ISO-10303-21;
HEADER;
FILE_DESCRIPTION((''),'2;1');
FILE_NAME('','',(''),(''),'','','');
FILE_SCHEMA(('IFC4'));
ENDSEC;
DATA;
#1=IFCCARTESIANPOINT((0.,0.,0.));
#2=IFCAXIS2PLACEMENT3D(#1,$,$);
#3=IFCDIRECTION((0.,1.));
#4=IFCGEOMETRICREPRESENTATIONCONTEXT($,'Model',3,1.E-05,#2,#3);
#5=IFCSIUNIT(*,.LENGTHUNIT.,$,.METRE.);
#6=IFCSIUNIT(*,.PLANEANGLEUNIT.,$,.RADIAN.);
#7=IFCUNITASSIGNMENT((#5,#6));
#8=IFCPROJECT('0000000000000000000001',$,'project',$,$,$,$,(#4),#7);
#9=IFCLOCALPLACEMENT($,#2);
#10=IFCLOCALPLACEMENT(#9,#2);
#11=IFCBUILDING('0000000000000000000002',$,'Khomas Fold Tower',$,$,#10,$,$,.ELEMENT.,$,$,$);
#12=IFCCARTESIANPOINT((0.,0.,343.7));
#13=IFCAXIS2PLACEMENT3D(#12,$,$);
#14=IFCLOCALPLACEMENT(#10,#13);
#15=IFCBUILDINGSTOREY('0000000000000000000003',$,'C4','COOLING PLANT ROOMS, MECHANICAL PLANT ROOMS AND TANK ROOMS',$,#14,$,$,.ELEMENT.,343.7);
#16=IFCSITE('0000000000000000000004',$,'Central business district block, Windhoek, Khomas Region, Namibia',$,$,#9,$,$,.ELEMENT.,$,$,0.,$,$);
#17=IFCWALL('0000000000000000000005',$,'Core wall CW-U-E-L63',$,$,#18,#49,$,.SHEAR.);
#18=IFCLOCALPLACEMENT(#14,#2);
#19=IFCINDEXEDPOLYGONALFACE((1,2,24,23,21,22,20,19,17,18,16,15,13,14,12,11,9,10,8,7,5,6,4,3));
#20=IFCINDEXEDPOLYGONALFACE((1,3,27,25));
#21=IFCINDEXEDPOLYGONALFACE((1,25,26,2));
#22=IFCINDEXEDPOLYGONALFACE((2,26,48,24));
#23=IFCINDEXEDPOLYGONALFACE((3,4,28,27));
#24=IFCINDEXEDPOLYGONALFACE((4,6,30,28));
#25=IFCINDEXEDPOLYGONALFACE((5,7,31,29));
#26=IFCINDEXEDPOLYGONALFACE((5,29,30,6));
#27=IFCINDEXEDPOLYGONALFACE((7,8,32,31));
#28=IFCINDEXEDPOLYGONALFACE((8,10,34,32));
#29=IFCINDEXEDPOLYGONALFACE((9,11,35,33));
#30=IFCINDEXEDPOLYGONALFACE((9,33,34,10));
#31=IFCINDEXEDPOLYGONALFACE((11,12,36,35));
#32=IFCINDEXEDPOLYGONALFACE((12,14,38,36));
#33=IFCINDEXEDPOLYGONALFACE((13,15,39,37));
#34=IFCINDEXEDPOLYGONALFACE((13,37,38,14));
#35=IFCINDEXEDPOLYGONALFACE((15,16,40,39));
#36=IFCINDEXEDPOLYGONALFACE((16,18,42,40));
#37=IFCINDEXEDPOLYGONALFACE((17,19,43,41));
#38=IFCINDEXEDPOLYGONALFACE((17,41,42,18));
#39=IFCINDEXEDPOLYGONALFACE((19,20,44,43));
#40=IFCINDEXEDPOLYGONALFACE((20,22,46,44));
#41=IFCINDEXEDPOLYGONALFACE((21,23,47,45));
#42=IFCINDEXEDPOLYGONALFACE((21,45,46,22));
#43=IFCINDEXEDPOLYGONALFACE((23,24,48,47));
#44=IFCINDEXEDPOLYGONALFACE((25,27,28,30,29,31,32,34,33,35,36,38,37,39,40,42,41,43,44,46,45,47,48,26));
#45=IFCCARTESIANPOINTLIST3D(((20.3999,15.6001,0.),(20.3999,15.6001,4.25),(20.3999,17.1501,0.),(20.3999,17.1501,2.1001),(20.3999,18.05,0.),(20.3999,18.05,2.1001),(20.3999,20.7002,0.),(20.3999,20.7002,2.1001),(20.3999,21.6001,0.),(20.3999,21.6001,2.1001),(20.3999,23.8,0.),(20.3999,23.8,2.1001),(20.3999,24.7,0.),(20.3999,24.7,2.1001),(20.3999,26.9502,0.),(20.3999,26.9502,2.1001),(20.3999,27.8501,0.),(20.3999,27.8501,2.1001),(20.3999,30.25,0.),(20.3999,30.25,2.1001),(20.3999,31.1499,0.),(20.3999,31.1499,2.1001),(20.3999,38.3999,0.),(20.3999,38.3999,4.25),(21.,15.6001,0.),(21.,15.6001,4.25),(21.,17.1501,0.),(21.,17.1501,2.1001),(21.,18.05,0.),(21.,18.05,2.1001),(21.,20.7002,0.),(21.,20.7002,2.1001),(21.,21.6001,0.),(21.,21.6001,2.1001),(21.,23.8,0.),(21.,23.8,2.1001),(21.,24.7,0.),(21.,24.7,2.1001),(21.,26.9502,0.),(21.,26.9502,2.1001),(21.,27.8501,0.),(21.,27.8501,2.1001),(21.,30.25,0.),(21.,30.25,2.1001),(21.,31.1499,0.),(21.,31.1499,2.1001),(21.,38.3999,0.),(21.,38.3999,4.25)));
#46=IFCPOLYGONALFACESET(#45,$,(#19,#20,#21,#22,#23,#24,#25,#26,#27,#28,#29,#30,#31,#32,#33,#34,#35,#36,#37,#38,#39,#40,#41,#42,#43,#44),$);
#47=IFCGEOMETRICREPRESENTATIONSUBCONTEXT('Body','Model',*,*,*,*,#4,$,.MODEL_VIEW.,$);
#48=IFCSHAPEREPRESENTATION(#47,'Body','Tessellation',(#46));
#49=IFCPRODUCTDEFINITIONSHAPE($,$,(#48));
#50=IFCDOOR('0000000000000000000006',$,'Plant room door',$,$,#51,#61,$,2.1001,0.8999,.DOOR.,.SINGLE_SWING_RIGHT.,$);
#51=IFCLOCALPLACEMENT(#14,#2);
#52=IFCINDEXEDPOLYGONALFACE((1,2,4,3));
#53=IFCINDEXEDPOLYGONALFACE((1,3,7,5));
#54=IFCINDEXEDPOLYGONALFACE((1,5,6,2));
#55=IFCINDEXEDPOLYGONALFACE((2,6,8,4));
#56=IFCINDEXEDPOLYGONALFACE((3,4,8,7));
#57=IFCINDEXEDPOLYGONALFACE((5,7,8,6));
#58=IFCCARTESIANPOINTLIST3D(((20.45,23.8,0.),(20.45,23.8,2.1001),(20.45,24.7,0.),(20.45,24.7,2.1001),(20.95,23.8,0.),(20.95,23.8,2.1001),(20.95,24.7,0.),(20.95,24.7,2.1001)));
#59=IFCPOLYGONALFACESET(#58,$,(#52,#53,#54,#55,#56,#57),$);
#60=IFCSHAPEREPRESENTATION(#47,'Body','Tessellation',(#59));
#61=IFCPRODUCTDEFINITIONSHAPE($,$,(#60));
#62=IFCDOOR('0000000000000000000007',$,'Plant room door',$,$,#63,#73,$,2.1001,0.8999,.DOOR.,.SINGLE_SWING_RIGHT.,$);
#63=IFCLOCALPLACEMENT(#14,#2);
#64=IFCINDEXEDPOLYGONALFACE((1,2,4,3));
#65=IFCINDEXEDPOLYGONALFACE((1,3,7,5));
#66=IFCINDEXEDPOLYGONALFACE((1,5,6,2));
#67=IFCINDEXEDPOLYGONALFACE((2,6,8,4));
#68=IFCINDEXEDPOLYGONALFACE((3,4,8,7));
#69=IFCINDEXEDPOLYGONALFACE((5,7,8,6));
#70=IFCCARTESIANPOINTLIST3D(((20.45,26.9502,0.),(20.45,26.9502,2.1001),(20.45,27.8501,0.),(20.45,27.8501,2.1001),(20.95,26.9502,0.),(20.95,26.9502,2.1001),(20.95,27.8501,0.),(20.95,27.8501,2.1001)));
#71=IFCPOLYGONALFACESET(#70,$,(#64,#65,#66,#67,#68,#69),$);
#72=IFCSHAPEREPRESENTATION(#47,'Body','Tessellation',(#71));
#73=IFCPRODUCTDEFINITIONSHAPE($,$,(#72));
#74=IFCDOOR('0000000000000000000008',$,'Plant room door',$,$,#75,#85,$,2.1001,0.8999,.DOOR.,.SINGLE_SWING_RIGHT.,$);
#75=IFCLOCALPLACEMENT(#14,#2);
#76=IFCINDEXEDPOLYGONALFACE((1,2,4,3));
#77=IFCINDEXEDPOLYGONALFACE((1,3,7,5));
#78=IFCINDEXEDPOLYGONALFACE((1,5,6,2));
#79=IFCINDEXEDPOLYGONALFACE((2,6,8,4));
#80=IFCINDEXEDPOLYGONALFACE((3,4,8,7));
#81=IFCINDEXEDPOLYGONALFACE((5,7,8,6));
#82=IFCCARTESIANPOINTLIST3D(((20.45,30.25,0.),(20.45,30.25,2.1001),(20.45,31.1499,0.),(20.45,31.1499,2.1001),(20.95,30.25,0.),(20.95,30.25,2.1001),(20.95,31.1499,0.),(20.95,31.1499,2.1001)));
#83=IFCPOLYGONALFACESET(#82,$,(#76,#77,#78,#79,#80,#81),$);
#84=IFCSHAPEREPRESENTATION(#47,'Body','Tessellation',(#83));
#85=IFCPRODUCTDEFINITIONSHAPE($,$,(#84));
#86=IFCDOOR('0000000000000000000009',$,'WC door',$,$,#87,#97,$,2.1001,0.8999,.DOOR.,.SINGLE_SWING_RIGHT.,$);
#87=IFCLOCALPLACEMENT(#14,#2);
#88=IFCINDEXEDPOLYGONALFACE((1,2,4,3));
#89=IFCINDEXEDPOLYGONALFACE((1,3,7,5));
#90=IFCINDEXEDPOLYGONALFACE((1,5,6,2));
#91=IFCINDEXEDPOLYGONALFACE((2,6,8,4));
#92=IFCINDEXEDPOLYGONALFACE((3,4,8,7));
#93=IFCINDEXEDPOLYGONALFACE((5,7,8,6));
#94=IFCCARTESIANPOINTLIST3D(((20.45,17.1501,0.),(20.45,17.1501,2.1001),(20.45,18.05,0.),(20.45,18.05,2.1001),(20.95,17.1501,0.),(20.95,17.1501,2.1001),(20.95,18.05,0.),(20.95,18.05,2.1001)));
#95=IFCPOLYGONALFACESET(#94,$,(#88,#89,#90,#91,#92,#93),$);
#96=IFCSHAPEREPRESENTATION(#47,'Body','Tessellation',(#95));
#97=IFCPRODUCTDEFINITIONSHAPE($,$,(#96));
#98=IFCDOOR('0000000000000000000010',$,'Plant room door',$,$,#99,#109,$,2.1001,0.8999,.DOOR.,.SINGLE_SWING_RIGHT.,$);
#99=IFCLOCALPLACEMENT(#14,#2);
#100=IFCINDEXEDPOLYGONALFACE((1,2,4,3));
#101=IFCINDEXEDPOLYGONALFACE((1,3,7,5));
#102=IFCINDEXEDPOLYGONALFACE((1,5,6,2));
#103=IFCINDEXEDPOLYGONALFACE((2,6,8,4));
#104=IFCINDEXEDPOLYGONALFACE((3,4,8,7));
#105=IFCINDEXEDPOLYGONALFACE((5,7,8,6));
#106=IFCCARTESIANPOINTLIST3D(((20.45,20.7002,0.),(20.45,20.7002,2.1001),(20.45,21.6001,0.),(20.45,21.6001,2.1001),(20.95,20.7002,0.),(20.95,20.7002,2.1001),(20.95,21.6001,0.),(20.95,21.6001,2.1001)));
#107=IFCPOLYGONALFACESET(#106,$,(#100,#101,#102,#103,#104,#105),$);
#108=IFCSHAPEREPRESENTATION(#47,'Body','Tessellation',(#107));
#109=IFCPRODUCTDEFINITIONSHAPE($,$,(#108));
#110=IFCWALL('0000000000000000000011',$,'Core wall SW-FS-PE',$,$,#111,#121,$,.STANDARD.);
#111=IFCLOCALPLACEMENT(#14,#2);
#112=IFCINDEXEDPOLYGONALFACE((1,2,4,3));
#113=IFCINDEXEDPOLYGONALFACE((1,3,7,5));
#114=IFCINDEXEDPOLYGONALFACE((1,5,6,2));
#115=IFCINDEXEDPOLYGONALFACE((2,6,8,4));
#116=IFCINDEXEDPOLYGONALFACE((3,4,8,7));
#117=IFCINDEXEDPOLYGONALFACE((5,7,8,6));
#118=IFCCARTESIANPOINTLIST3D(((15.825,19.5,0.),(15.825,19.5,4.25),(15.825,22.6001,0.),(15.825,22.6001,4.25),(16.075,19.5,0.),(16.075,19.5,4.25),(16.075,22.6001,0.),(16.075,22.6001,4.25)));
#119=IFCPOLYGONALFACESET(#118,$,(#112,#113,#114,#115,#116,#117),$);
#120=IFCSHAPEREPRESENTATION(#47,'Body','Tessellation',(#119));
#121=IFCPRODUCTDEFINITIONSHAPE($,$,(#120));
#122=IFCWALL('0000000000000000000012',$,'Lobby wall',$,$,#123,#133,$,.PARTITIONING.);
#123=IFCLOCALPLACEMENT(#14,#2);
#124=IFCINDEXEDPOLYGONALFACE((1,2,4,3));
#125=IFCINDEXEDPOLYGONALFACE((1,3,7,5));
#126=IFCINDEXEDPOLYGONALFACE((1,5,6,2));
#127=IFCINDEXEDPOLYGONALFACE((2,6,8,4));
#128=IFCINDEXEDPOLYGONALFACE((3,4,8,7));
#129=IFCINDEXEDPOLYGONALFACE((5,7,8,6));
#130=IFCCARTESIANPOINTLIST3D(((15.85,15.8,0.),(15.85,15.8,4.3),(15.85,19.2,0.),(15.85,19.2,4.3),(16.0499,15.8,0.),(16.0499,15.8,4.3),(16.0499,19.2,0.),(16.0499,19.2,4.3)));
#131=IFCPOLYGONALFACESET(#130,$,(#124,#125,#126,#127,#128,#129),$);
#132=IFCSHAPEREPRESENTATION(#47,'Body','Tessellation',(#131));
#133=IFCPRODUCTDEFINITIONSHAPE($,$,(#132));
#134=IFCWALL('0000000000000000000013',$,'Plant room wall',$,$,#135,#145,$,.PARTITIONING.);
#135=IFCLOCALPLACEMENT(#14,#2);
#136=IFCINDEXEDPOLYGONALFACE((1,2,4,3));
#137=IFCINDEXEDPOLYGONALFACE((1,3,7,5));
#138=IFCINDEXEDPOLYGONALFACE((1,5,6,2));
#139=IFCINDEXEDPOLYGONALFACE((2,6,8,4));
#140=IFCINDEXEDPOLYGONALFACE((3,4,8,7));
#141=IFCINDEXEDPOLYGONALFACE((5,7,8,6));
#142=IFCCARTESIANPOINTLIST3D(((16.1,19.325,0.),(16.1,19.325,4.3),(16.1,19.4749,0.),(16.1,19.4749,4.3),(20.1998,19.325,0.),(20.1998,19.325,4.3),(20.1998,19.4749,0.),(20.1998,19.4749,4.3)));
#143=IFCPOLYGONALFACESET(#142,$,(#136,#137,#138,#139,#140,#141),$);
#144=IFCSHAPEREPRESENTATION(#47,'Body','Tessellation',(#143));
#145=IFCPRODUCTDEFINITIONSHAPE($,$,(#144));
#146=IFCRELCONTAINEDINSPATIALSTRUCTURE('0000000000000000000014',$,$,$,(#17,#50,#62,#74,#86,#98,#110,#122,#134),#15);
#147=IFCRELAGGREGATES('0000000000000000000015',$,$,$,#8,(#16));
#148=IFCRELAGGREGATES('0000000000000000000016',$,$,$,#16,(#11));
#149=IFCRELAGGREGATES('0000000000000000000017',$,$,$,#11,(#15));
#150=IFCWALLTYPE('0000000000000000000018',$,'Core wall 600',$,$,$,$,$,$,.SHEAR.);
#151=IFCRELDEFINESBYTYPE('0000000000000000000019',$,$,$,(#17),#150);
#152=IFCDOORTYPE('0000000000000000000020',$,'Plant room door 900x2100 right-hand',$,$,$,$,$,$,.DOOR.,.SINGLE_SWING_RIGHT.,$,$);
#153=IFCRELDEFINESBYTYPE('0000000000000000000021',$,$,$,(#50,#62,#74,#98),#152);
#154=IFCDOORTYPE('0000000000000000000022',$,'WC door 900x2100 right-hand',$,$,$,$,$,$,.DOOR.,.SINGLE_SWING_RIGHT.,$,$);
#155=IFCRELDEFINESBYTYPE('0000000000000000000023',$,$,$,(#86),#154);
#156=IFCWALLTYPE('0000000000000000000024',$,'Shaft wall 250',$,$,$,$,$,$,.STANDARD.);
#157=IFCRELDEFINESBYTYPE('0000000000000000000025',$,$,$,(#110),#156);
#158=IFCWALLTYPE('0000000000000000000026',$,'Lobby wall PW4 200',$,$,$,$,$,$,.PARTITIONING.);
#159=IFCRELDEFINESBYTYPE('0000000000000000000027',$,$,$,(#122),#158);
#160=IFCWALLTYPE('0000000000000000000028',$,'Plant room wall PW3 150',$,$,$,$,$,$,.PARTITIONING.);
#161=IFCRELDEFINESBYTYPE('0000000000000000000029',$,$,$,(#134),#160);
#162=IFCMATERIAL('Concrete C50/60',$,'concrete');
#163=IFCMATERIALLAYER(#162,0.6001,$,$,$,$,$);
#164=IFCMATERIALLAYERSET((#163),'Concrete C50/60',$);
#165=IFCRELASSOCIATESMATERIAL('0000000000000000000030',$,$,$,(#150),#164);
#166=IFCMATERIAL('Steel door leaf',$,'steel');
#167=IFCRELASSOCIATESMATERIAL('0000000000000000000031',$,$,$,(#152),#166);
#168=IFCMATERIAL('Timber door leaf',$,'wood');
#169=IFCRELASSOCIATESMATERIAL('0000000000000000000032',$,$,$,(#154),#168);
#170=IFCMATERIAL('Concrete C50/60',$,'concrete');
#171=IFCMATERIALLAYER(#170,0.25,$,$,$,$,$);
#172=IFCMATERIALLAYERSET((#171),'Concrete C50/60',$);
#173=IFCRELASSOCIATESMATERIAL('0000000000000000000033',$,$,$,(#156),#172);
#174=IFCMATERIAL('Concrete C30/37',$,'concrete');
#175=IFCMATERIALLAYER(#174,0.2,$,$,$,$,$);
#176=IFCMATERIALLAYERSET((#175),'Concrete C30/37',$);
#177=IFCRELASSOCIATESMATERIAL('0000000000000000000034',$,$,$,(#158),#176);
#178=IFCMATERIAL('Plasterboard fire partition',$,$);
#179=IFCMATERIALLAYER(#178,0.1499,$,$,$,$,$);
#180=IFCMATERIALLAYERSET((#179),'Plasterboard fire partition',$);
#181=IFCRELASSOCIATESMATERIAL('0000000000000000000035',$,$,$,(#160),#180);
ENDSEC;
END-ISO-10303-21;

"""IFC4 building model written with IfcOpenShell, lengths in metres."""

from ifc_helpers import new_model, si_unit, direction, frame, frame_2d, origin, place, context, subcontext, project, spatial, rectangle, extrude, source, transform, mapped, material, layer, layer_set, type_object, element, fill, save


model = new_model("IFC4")

# Units and contexts
model_context = context("Model", 3, precision=1e-05, world=origin(), true_north=direction((0.0, 1.0)))
body_context = subcontext(model_context, "Body", "Model", "MODEL_VIEW")
ifc_project = project(units=[si_unit("LENGTHUNIT", "METRE"), si_unit("PLANEANGLEUNIT", "RADIAN")], contexts=[model_context])

# Site, building, storey
site_placement = place(None, origin())
site = spatial("IfcSite", under=ifc_project, at=site_placement, Name="Central business district block, Windhoek, Khomas Region, Namibia", CompositionType="ELEMENT", RefElevation=0.0)
building_placement = place(site_placement, origin())
building = spatial("IfcBuilding", under=site, at=building_placement, Name="Khomas Fold Tower", CompositionType="ELEMENT")
storey_placement = place(building_placement, frame((0.0, 0.0, 343.7)))
storey = spatial("IfcBuildingStorey", under=building, at=storey_placement, Name="C4", Description="COOLING PLANT ROOMS, MECHANICAL PLANT ROOMS AND TANK ROOMS", CompositionType="ELEMENT", Elevation=343.7)

# Wall, openings, doors
ifc_material_1 = material(Name="Concrete C50/60", Category="concrete")
ifc_layer_1 = layer(ifc_material_1, 0.6001)
ifc_layer_set_1 = layer_set([ifc_layer_1], Name="Concrete C50/60")
wall_type_1 = type_object("IfcWallType", Name="Core wall 600", PredefinedType="SHEAR", material=ifc_layer_set_1)
shared_shape_1 = source(origin(), body_context, "Body", "SweptSolid", [
    extrude(rectangle(XDim=22.7998, YDim=0.6001, at=frame_2d((11.3999, 0.0))), origin(), (0.0, 0.0, 1.0), 4.25),
])
wall_1_placement = place(storey_placement, frame((20.7, 15.6001, 0.0), z_axis=(0.0, 0.0, 1.0), x_axis=(0.0, 1.0, 0.0)))
wall_1 = element("IfcWall", 1, at=wall_1_placement, inside=storey, type_object=wall_type_1, Name="Core wall CW-U-E-L63", PredefinedType="SHEAR", context=body_context, shape_type="MappedRepresentation", body=[
    mapped(shared_shape_1, transform((0.0, 0.0, 0.0))),
])
shared_shape_2 = source(origin(), body_context, "Body", "SweptSolid", [
    extrude(rectangle(XDim=0.8999, YDim=2.1001, at=frame_2d((0.45, 1.05))), frame((0.0, 0.3101, 0.0), z_axis=(0.0, -1.0, 0.0), x_axis=(1.0, 0.0, 0.0)), (0.0, 0.0, 1.0), 0.6201),
])
opening_1_placement = place(wall_1_placement, frame((8.2, 0.0, 0.0)))
opening_1 = element("IfcOpeningElement", 2, at=opening_1_placement, cuts=wall_1, PredefinedType="OPENING", context=body_context, shape_type="MappedRepresentation", body=[
    mapped(shared_shape_2, transform((0.0, 0.0, 0.0))),
])
opening_2_placement = place(wall_1_placement, frame((11.3501, 0.0, 0.0)))
opening_2 = element("IfcOpeningElement", 3, at=opening_2_placement, cuts=wall_1, PredefinedType="OPENING", context=body_context, shape_type="MappedRepresentation", body=[
    mapped(shared_shape_2, transform((0.0, 0.0, 0.0))),
])
opening_3_placement = place(wall_1_placement, frame((14.6499, 0.0, 0.0)))
opening_3 = element("IfcOpeningElement", 4, at=opening_3_placement, cuts=wall_1, PredefinedType="OPENING", context=body_context, shape_type="MappedRepresentation", body=[
    mapped(shared_shape_2, transform((0.0, 0.0, 0.0))),
])
opening_4_placement = place(wall_1_placement, frame((1.55, 0.0, 0.0)))
opening_4 = element("IfcOpeningElement", 5, at=opening_4_placement, cuts=wall_1, PredefinedType="OPENING", context=body_context, shape_type="MappedRepresentation", body=[
    mapped(shared_shape_2, transform((0.0, 0.0, 0.0))),
])
opening_5_placement = place(wall_1_placement, frame((5.1001, 0.0, 0.0)))
opening_5 = element("IfcOpeningElement", 6, at=opening_5_placement, cuts=wall_1, PredefinedType="OPENING", context=body_context, shape_type="MappedRepresentation", body=[
    mapped(shared_shape_2, transform((0.0, 0.0, 0.0))),
])
ifc_material_2 = material(Name="Steel door leaf", Category="steel")
door_type_1 = type_object("IfcDoorType", Name="Plant room door 900x2100 right-hand", OperationType="SINGLE_SWING_RIGHT", PredefinedType="DOOR", material=ifc_material_2)
shared_shape_3 = source(origin(), body_context, "Body", "SweptSolid", [
    extrude(rectangle(XDim=0.8999, YDim=2.1001, at=frame_2d((0.45, 1.05))), frame((0.0, 0.25, 0.0), z_axis=(0.0, -1.0, 0.0), x_axis=(1.0, 0.0, 0.0)), (0.0, 0.0, 1.0), 0.5),
])
door_1_placement = place(opening_1_placement, origin())
door_1 = element("IfcDoor", 7, at=door_1_placement, inside=storey, type_object=door_type_1, Name="Plant room door", OperationType="SINGLE_SWING_RIGHT", OverallHeight=2.1001, OverallWidth=0.8999, PredefinedType="DOOR", context=body_context, shape_type="MappedRepresentation", body=[
    mapped(shared_shape_3, transform((0.0, 0.0, 0.0))),
])
fill(opening_1, door_1)
door_2_placement = place(opening_2_placement, origin())
door_2 = element("IfcDoor", 8, at=door_2_placement, inside=storey, type_object=door_type_1, Name="Plant room door", OperationType="SINGLE_SWING_RIGHT", OverallHeight=2.1001, OverallWidth=0.8999, PredefinedType="DOOR", context=body_context, shape_type="MappedRepresentation", body=[
    mapped(shared_shape_3, transform((0.0, 0.0, 0.0))),
])
fill(opening_2, door_2)
door_3_placement = place(opening_3_placement, origin())
door_3 = element("IfcDoor", 9, at=door_3_placement, inside=storey, type_object=door_type_1, Name="Plant room door", OperationType="SINGLE_SWING_RIGHT", OverallHeight=2.1001, OverallWidth=0.8999, PredefinedType="DOOR", context=body_context, shape_type="MappedRepresentation", body=[
    mapped(shared_shape_3, transform((0.0, 0.0, 0.0))),
])
fill(opening_3, door_3)
ifc_material_3 = material(Name="Timber door leaf", Category="wood")
door_type_2 = type_object("IfcDoorType", Name="WC door 900x2100 right-hand", OperationType="SINGLE_SWING_RIGHT", PredefinedType="DOOR", material=ifc_material_3)
door_4_placement = place(opening_4_placement, origin())
door_4 = element("IfcDoor", 10, at=door_4_placement, inside=storey, type_object=door_type_2, Name="WC door", OperationType="SINGLE_SWING_RIGHT", OverallHeight=2.1001, OverallWidth=0.8999, PredefinedType="DOOR", context=body_context, shape_type="MappedRepresentation", body=[
    mapped(shared_shape_3, transform((0.0, 0.0, 0.0))),
])
fill(opening_4, door_4)
door_5_placement = place(opening_5_placement, origin())
door_5 = element("IfcDoor", 11, at=door_5_placement, inside=storey, type_object=door_type_1, Name="Plant room door", OperationType="SINGLE_SWING_RIGHT", OverallHeight=2.1001, OverallWidth=0.8999, PredefinedType="DOOR", context=body_context, shape_type="MappedRepresentation", body=[
    mapped(shared_shape_3, transform((0.0, 0.0, 0.0))),
])
fill(opening_5, door_5)

# Walls
ifc_material_4 = material(Name="Concrete C50/60", Category="concrete")
ifc_layer_2 = layer(ifc_material_4, 0.25)
ifc_layer_set_2 = layer_set([ifc_layer_2], Name="Concrete C50/60")
wall_type_2 = type_object("IfcWallType", Name="Shaft wall 250", PredefinedType="STANDARD", material=ifc_layer_set_2)
shared_shape_4 = source(origin(), body_context, "Body", "SweptSolid", [
    extrude(rectangle(XDim=3.1001, YDim=0.25, at=frame_2d((1.55, 0.0))), origin(), (0.0, 0.0, 1.0), 4.25),
])
wall_2_placement = place(storey_placement, frame((15.95, 19.5, 0.0), z_axis=(0.0, 0.0, 1.0), x_axis=(0.0, 1.0, 0.0)))
element("IfcWall", 12, at=wall_2_placement, inside=storey, type_object=wall_type_2, Name="Core wall SW-FS-PE", PredefinedType="STANDARD", context=body_context, shape_type="MappedRepresentation", body=[
    mapped(shared_shape_4, transform((0.0, 0.0, 0.0))),
])
ifc_material_5 = material(Name="Concrete C30/37", Category="concrete")
ifc_layer_3 = layer(ifc_material_5, 0.2)
ifc_layer_set_3 = layer_set([ifc_layer_3], Name="Concrete C30/37")
wall_type_3 = type_object("IfcWallType", Name="Lobby wall PW4 200", PredefinedType="PARTITIONING", material=ifc_layer_set_3)
shared_shape_5 = source(origin(), body_context, "Body", "SweptSolid", [
    extrude(rectangle(XDim=3.3999, YDim=0.2, at=frame_2d((1.7, 0.0))), origin(), (0.0, 0.0, 1.0), 4.3),
])
wall_3_placement = place(storey_placement, frame((15.95, 15.8, 0.0), z_axis=(0.0, 0.0, 1.0), x_axis=(0.0, 1.0, 0.0)))
element("IfcWall", 13, at=wall_3_placement, inside=storey, type_object=wall_type_3, Name="Lobby wall", PredefinedType="PARTITIONING", context=body_context, shape_type="MappedRepresentation", body=[
    mapped(shared_shape_5, transform((0.0, 0.0, 0.0))),
])
ifc_material_6 = material(Name="Plasterboard fire partition")
ifc_layer_4 = layer(ifc_material_6, 0.1499)
ifc_layer_set_4 = layer_set([ifc_layer_4], Name="Plasterboard fire partition")
wall_type_4 = type_object("IfcWallType", Name="Plant room wall PW3 150", PredefinedType="PARTITIONING", material=ifc_layer_set_4)
shared_shape_6 = source(origin(), body_context, "Body", "SweptSolid", [
    extrude(rectangle(XDim=4.0999, YDim=0.1499, at=frame_2d((2.0498, 0.0))), origin(), (0.0, 0.0, 1.0), 4.3),
])
wall_4_placement = place(storey_placement, frame((16.1001, 19.3999, 0.0), z_axis=(0.0, 0.0, 1.0), x_axis=(1.0, 0.0, 0.0)))
element("IfcWall", 14, at=wall_4_placement, inside=storey, type_object=wall_type_4, Name="Plant room wall", PredefinedType="PARTITIONING", context=body_context, shape_type="MappedRepresentation", body=[
    mapped(shared_shape_6, transform((0.0, 0.0, 0.0))),
])

save(model, "model.ifc")
